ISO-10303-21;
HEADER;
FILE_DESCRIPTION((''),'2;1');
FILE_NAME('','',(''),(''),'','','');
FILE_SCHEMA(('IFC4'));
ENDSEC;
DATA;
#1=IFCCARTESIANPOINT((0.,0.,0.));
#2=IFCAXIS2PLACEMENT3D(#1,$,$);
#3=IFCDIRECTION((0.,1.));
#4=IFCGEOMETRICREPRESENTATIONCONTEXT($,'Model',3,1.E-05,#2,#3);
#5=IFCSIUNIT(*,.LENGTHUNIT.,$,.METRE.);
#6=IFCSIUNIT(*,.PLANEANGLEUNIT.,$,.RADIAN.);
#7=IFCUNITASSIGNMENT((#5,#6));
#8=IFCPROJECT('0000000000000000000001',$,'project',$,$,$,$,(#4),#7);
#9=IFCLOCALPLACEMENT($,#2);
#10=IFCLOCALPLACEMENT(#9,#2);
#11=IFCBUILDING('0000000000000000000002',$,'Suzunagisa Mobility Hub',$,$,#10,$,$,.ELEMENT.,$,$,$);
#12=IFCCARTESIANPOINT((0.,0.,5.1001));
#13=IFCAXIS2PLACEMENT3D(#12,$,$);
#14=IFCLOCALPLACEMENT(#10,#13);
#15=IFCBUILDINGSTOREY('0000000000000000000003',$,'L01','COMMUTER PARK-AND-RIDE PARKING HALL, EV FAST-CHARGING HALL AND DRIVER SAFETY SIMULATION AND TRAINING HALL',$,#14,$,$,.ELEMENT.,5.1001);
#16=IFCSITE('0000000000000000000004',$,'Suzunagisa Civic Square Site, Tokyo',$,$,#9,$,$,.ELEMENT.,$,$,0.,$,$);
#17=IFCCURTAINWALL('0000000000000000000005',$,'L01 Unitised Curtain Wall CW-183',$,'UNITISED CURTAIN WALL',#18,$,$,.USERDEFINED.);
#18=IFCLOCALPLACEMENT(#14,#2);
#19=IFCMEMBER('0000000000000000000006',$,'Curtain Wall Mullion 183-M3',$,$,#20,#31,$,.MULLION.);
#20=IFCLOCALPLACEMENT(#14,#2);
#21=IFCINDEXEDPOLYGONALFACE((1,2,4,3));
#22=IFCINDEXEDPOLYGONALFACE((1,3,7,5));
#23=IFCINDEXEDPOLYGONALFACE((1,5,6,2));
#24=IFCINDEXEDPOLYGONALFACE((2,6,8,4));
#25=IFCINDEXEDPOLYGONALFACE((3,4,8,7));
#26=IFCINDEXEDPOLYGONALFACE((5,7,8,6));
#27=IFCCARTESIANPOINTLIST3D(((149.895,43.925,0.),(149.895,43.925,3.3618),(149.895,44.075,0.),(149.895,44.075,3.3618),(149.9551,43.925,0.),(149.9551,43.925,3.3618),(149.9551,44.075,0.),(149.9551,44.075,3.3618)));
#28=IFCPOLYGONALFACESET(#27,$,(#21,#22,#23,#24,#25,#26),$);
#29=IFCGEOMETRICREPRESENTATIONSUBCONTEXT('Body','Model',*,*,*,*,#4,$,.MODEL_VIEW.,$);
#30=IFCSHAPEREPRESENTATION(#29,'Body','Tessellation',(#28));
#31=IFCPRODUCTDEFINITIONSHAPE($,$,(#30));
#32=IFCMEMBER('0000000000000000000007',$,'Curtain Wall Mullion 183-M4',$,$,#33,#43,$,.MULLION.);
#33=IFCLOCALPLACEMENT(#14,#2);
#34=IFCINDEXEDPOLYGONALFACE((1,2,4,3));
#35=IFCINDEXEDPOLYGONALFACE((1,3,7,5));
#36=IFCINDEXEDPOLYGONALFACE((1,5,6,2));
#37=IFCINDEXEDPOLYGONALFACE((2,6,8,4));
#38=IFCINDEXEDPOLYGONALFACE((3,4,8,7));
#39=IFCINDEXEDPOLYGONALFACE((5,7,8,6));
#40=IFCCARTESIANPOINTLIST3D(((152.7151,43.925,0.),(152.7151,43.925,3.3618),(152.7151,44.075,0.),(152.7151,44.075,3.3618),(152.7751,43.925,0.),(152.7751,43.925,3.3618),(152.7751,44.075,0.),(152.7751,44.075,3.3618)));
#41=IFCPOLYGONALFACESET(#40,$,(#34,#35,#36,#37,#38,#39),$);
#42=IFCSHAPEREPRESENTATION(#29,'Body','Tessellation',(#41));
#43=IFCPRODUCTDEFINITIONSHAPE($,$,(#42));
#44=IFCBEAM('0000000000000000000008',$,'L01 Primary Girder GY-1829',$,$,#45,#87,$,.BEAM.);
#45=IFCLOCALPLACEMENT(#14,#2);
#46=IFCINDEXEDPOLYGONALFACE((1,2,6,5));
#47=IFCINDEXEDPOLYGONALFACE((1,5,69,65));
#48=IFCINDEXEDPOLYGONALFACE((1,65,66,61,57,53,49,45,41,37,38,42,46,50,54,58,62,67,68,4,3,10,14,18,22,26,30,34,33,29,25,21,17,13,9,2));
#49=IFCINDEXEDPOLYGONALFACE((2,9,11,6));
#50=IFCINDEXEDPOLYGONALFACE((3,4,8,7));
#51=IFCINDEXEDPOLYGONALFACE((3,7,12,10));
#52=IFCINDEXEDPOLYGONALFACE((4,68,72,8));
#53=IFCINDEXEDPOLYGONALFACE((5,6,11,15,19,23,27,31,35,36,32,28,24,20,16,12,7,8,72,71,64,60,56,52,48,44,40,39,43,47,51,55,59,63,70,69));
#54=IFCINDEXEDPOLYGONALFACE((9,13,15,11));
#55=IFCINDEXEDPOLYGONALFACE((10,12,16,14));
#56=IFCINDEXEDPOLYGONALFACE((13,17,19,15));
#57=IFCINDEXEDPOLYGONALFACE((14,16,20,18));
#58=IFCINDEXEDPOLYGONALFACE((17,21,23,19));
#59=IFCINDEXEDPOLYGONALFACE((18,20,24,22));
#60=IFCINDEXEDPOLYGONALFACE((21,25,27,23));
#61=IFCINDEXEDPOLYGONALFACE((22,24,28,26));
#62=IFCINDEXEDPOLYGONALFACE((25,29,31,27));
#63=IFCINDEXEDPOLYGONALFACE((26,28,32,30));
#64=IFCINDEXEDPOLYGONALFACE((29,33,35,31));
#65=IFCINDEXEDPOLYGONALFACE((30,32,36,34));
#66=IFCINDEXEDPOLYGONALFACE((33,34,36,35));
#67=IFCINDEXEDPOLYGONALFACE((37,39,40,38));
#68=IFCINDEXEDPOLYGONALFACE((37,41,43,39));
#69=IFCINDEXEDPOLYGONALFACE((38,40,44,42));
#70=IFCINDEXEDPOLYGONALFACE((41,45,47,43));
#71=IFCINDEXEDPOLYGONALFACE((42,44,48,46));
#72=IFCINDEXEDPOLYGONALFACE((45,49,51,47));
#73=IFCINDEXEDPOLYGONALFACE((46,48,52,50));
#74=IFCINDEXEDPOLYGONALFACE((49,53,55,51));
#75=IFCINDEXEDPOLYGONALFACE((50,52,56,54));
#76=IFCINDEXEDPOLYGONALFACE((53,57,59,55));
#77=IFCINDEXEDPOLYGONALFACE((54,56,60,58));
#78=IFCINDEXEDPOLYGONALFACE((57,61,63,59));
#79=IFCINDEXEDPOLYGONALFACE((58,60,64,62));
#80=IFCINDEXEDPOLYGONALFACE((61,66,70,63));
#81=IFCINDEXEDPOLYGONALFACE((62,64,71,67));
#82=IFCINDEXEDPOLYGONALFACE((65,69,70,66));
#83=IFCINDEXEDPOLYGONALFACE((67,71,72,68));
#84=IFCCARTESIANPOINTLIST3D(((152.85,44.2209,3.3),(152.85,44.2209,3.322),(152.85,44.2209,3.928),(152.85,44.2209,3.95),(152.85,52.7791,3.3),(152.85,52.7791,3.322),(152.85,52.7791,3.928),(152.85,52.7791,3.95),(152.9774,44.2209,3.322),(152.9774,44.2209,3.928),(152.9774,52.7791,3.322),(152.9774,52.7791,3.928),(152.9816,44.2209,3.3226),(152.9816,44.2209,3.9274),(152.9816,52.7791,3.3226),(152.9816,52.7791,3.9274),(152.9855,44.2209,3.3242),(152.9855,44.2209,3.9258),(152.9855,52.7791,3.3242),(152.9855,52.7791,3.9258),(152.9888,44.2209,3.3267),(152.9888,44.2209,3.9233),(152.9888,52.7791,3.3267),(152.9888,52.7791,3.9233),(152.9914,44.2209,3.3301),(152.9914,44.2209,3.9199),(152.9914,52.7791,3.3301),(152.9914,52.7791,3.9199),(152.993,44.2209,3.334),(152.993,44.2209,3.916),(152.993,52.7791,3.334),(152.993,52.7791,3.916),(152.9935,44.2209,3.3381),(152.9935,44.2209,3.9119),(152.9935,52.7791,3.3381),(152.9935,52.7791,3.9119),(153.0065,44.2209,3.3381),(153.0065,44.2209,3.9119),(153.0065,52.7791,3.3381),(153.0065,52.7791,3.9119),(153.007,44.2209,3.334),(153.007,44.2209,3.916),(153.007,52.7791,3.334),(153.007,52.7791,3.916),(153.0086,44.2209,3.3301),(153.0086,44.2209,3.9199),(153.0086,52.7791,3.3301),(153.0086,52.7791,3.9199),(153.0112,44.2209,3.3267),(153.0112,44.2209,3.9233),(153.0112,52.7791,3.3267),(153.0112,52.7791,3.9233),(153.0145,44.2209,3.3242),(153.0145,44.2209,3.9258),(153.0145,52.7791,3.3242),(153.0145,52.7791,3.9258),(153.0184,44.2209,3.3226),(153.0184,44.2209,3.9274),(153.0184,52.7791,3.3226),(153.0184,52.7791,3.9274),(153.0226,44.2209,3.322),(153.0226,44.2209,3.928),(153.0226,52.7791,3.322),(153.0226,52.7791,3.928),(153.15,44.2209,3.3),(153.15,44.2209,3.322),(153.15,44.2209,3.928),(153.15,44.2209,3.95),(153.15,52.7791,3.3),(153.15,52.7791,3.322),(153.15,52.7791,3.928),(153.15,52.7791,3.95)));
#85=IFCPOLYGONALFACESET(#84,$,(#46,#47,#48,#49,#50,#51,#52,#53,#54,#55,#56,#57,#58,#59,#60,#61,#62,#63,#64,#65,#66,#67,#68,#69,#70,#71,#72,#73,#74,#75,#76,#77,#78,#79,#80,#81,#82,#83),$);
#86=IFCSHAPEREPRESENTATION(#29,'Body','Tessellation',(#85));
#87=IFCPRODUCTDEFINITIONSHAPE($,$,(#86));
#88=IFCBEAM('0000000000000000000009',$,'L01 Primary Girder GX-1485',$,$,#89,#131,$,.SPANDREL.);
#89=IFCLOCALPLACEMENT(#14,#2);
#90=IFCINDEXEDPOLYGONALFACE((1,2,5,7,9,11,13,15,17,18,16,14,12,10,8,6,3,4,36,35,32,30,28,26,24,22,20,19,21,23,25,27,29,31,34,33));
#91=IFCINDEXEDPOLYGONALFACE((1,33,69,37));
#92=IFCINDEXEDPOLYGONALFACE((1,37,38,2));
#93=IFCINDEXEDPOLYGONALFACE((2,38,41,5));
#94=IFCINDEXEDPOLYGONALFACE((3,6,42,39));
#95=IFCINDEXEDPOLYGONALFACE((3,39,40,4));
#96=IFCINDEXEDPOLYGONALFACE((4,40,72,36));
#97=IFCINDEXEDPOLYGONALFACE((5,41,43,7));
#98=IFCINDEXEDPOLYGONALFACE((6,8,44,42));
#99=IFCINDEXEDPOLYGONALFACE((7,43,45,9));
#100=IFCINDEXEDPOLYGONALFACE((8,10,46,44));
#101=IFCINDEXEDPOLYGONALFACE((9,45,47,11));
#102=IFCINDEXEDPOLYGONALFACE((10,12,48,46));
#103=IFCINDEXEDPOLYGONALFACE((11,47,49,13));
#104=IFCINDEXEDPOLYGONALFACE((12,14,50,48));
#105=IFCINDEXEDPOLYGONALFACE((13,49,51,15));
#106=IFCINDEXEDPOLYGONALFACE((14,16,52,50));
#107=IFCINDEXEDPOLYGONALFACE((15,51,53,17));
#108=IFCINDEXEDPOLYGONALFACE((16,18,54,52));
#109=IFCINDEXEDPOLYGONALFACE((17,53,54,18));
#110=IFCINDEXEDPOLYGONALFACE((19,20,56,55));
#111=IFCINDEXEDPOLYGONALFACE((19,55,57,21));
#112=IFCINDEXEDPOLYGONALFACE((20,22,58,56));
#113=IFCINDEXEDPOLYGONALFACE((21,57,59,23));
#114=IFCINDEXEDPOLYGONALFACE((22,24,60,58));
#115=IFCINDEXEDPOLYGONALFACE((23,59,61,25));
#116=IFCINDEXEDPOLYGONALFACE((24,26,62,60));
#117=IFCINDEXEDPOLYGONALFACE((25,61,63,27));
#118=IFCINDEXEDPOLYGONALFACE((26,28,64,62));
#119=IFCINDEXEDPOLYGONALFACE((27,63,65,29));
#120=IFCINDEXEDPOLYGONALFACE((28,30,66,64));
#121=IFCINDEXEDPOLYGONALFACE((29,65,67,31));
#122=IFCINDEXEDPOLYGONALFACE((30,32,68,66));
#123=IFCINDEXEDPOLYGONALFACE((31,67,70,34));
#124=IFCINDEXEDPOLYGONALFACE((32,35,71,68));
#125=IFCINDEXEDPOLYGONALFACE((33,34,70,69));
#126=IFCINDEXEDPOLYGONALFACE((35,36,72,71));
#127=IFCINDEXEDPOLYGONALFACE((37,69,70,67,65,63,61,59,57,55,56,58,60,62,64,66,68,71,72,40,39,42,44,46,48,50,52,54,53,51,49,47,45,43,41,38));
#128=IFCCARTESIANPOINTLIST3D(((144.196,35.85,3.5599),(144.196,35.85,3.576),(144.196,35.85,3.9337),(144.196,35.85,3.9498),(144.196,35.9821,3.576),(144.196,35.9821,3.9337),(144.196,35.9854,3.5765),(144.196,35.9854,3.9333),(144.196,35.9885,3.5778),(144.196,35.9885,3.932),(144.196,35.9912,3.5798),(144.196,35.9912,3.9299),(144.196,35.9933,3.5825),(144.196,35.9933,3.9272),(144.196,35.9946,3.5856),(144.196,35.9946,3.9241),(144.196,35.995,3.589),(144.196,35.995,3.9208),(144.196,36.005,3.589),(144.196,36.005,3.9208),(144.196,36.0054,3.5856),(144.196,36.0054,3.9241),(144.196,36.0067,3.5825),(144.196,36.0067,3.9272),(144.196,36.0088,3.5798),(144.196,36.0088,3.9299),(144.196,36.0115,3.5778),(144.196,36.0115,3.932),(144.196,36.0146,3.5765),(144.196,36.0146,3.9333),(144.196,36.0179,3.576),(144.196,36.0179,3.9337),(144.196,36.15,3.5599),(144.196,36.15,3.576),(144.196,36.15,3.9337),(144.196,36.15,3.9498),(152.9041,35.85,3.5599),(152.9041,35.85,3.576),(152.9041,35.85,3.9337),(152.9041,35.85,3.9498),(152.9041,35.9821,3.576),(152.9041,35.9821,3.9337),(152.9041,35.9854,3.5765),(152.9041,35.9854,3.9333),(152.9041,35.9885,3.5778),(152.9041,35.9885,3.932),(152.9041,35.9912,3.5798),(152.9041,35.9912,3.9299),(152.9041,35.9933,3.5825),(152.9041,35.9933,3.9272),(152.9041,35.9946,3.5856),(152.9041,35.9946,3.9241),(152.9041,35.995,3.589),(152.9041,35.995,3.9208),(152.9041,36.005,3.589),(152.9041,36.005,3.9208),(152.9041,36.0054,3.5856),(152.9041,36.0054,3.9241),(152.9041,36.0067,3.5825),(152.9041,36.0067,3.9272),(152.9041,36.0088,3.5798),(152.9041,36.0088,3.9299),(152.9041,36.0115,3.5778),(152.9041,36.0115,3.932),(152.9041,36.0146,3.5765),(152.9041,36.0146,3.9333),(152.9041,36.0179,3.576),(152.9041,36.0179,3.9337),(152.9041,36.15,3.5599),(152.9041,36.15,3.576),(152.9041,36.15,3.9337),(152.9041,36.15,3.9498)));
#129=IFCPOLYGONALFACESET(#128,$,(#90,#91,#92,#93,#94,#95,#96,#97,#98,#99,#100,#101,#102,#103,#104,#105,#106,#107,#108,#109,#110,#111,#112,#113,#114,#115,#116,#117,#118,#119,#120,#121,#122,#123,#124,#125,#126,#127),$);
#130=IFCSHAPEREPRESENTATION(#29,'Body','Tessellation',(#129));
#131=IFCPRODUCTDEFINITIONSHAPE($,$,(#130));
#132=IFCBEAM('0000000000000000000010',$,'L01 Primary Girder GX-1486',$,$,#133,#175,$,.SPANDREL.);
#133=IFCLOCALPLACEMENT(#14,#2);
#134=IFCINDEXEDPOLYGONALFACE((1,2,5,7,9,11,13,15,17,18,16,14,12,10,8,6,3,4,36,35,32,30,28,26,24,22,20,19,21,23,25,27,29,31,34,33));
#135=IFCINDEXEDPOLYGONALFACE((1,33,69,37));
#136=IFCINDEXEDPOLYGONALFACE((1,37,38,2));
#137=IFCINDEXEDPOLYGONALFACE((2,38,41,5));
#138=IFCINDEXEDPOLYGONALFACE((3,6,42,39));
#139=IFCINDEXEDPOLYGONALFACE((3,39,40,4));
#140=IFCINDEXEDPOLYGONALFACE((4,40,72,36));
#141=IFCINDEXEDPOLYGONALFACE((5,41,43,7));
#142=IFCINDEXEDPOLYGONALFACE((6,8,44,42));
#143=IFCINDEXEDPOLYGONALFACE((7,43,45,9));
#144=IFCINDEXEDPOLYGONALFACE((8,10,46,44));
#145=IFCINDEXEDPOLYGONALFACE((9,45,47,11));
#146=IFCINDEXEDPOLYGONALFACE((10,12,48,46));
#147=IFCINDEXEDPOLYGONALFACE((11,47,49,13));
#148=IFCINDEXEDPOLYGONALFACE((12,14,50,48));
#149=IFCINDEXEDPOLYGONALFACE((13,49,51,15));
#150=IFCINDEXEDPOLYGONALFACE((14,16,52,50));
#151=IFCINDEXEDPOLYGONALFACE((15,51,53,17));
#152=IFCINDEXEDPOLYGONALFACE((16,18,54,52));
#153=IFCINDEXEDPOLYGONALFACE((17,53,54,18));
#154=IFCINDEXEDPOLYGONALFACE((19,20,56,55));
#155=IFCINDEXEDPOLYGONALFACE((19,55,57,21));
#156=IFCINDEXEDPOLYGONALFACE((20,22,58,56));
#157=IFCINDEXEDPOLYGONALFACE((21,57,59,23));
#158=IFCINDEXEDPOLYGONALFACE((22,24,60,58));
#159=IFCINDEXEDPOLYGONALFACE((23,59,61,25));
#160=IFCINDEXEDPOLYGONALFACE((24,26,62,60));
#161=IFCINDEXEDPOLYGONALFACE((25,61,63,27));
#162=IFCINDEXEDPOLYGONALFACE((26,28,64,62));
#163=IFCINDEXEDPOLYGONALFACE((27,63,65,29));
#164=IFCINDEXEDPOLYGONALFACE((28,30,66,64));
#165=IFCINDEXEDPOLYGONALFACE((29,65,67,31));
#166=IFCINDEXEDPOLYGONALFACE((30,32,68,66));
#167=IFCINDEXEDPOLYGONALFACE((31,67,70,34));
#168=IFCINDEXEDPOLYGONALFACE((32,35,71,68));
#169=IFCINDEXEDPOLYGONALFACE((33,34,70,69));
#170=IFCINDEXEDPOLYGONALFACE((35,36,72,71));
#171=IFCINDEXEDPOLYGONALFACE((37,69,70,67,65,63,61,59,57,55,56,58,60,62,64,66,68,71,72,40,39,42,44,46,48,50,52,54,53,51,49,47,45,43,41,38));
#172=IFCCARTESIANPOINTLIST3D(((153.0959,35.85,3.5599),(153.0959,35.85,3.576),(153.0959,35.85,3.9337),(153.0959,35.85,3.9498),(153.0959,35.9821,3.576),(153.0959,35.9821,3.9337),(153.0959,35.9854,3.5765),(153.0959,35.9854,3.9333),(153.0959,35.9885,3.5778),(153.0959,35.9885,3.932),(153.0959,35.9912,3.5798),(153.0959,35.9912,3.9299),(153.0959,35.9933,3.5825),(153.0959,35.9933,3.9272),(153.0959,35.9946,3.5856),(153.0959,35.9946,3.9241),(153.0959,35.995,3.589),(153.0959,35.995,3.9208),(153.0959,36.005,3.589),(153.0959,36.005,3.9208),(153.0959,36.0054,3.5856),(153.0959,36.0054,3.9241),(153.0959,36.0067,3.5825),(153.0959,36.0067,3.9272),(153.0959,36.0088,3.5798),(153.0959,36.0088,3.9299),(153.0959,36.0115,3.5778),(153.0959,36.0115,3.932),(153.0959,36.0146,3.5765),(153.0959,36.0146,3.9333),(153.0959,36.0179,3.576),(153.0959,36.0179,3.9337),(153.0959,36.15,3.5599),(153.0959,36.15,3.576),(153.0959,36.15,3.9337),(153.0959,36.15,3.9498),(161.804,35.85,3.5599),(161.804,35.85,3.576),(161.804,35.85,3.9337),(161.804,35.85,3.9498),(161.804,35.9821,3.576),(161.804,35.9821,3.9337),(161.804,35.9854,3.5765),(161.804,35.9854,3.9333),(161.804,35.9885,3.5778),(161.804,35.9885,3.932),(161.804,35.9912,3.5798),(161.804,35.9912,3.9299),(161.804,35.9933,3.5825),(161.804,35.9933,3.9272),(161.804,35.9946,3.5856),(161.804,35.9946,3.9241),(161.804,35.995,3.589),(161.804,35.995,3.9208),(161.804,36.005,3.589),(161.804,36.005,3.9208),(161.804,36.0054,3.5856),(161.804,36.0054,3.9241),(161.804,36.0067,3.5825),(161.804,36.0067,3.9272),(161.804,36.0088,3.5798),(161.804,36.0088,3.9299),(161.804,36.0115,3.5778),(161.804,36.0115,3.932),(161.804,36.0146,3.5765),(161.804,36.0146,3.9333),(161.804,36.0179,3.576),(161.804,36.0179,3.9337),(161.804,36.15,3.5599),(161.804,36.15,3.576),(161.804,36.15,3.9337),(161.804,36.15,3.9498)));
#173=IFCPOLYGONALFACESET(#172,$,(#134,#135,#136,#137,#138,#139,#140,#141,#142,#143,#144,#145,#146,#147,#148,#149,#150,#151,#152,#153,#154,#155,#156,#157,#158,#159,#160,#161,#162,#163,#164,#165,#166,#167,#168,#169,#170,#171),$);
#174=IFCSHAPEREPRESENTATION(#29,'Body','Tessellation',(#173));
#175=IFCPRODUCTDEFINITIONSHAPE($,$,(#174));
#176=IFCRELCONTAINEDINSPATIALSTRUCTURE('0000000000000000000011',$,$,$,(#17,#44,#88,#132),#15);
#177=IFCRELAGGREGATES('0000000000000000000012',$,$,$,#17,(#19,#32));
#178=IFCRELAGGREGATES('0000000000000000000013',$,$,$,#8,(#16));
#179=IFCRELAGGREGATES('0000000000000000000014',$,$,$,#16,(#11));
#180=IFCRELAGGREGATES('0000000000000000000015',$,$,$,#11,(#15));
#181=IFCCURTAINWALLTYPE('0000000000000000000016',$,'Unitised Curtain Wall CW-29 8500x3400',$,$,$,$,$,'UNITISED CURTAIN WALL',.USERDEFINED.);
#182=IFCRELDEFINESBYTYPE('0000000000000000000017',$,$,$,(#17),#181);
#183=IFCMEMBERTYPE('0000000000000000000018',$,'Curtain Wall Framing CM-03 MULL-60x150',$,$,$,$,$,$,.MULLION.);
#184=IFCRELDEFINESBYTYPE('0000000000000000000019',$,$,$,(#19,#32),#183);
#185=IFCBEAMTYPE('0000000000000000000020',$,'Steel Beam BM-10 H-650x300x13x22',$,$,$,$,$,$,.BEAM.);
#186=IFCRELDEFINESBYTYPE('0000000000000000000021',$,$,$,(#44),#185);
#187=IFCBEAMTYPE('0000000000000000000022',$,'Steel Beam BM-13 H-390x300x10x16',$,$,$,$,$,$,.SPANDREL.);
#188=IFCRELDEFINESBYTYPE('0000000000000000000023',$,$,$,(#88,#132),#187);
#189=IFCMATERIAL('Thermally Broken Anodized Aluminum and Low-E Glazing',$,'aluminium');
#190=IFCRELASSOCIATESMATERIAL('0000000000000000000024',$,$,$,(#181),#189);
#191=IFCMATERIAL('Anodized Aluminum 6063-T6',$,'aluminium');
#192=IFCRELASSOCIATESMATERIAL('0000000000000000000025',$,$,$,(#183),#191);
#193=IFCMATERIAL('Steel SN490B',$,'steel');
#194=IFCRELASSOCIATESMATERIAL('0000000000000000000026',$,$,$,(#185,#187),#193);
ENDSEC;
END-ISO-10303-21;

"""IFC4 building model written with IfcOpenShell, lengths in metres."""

from ifc_helpers import new_model, si_unit, direction, frame, origin, origin_2d, place, context, subcontext, project, spatial, rectangle, i_section, extrude, material, material_profile, profile_set, type_object, element, aggregate, save


model = new_model("IFC4")

# Units and contexts
model_context = context("Model", 3, precision=1e-05, world=origin(), true_north=direction((0.0, 1.0)))
body_context = subcontext(model_context, "Body", "Model", "MODEL_VIEW")
ifc_project = project(units=[si_unit("LENGTHUNIT", "METRE"), si_unit("PLANEANGLEUNIT", "RADIAN")], contexts=[model_context])

# Site, building, storey
site_placement = place(None, origin())
site = spatial("IfcSite", under=ifc_project, at=site_placement, Name="Suzunagisa Civic Square Site, Tokyo", CompositionType="ELEMENT", RefElevation=0.0)
building_placement = place(site_placement, origin())
building = spatial("IfcBuilding", under=site, at=building_placement, Name="Suzunagisa Mobility Hub", CompositionType="ELEMENT")
storey_placement = place(building_placement, frame((0.0, 0.0, 5.1001)))
storey = spatial("IfcBuildingStorey", under=building, at=storey_placement, Name="L01", Description="COMMUTER PARK-AND-RIDE PARKING HALL, EV FAST-CHARGING HALL AND DRIVER SAFETY SIMULATION AND TRAINING HALL", CompositionType="ELEMENT", Elevation=5.1001)

# Shared definitions
ifc_material_1 = material(Name="Steel SN490B", Category="steel")

# Curtain wall, members
ifc_material_2 = material(Name="Thermally Broken Anodized Aluminum and Low-E Glazing", Category="aluminium")
curtain_wall_type = type_object("IfcCurtainWallType", Name="Unitised Curtain Wall CW-29 8500x3400", ElementType="UNITISED CURTAIN WALL", PredefinedType="USERDEFINED", material=ifc_material_2)
curtain_wall_placement = place(storey_placement, origin())
curtain_wall = element("IfcCurtainWall", 1, at=curtain_wall_placement, inside=storey, type_object=curtain_wall_type, Name="L01 Unitised Curtain Wall CW-183", ObjectType="UNITISED CURTAIN WALL", PredefinedType="USERDEFINED")
ifc_material_3 = material(Name="Anodized Aluminum 6063-T6", Category="aluminium")
ifc_material_profile_1 = material_profile(ifc_material_3, rectangle(XDim=0.0601, YDim=0.1499, at=origin_2d()), Name="MULL-60x150")
ifc_profile_set_1 = profile_set([ifc_material_profile_1], Name="Anodized Aluminum 6063-T6")
member_type_1 = type_object("IfcMemberType", Name="Curtain Wall Framing CM-03 MULL-60x150", PredefinedType="MULLION", material=ifc_profile_set_1)
member_1_placement = place(storey_placement, frame((149.925, 44.0, 0.0), z_axis=(0.0, 0.0, 1.0), x_axis=(1.0, 0.0, 0.0)))
member_1 = element("IfcMember", 2, at=member_1_placement, type_object=member_type_1, Name="Curtain Wall Mullion 183-M3", PredefinedType="MULLION", context=body_context, shape_type="SweptSolid", body=[
    extrude(rectangle(XDim=0.0601, YDim=0.1499, at=origin_2d()), origin(), (0.0, 0.0, 1.0), 3.3618),
])
member_2_placement = place(storey_placement, frame((152.7451, 44.0, 0.0), z_axis=(0.0, 0.0, 1.0), x_axis=(1.0, 0.0, 0.0)))
member_2 = element("IfcMember", 3, at=member_2_placement, type_object=member_type_1, Name="Curtain Wall Mullion 183-M4", PredefinedType="MULLION", context=body_context, shape_type="SweptSolid", body=[
    extrude(rectangle(XDim=0.0601, YDim=0.1499, at=origin_2d()), origin(), (0.0, 0.0, 1.0), 3.3618),
])

# Beams
ifc_material_profile_2 = material_profile(ifc_material_1, i_section(OverallWidth=0.3, OverallDepth=0.6499, WebThickness=0.0129, FlangeThickness=0.022, FilletRadius=0.0161, at=origin_2d()), Name="H-650x300x13x22")
ifc_profile_set_2 = profile_set([ifc_material_profile_2], Name="Steel SN490B")
beam_type_1 = type_object("IfcBeamType", Name="Steel Beam BM-10 H-650x300x13x22", PredefinedType="BEAM", material=ifc_profile_set_2)
beam_1_placement = place(storey_placement, frame((153.0, 44.2209, 3.625), z_axis=(0.0, 1.0, 0.0), x_axis=(-1.0, 0.0, 0.0)))
element("IfcBeam", 4, at=beam_1_placement, inside=storey, type_object=beam_type_1, Name="L01 Primary Girder GY-1829", PredefinedType="BEAM", context=body_context, shape_type="SweptSolid", body=[
    extrude(i_section(OverallWidth=0.3, OverallDepth=0.6499, WebThickness=0.0129, FlangeThickness=0.022, FilletRadius=0.0161, at=origin_2d()), origin(), (0.0, 0.0, 1.0), 8.5581),
])
ifc_material_profile_3 = material_profile(ifc_material_1, i_section(OverallWidth=0.3, OverallDepth=0.3899, WebThickness=0.01, FlangeThickness=0.0161, FilletRadius=0.0129, at=origin_2d()), Name="H-390x300x10x16")
ifc_profile_set_3 = profile_set([ifc_material_profile_3], Name="Steel SN490B")
beam_type_2 = type_object("IfcBeamType", Name="Steel Beam BM-13 H-390x300x10x16", PredefinedType="SPANDREL", material=ifc_profile_set_3)
for number, where, z_axis, x_axis, name in (
    (5, (144.196, 36.0, 3.7549), (1.0, 0.0, 0.0), (0.0, 1.0, 0.0), "L01 Primary Girder GX-1485"),
    (6, (153.0959, 36.0, 3.7549), (1.0, 0.0, 0.0), (0.0, 1.0, 0.0), "L01 Primary Girder GX-1486"),
):
    element("IfcBeam", number, at=place(storey_placement, frame(where, z_axis=z_axis, x_axis=x_axis)), inside=storey, type_object=beam_type_2, Name=name, PredefinedType="SPANDREL", context=body_context, shape_type="SweptSolid", body=[
        extrude(i_section(OverallWidth=0.3, OverallDepth=0.3899, WebThickness=0.01, FlangeThickness=0.0161, FilletRadius=0.0129, at=origin_2d()), origin(), (0.0, 0.0, 1.0), 8.708),
    ])

aggregate(curtain_wall, [member_1, member_2])

save(model, "model.ifc")
